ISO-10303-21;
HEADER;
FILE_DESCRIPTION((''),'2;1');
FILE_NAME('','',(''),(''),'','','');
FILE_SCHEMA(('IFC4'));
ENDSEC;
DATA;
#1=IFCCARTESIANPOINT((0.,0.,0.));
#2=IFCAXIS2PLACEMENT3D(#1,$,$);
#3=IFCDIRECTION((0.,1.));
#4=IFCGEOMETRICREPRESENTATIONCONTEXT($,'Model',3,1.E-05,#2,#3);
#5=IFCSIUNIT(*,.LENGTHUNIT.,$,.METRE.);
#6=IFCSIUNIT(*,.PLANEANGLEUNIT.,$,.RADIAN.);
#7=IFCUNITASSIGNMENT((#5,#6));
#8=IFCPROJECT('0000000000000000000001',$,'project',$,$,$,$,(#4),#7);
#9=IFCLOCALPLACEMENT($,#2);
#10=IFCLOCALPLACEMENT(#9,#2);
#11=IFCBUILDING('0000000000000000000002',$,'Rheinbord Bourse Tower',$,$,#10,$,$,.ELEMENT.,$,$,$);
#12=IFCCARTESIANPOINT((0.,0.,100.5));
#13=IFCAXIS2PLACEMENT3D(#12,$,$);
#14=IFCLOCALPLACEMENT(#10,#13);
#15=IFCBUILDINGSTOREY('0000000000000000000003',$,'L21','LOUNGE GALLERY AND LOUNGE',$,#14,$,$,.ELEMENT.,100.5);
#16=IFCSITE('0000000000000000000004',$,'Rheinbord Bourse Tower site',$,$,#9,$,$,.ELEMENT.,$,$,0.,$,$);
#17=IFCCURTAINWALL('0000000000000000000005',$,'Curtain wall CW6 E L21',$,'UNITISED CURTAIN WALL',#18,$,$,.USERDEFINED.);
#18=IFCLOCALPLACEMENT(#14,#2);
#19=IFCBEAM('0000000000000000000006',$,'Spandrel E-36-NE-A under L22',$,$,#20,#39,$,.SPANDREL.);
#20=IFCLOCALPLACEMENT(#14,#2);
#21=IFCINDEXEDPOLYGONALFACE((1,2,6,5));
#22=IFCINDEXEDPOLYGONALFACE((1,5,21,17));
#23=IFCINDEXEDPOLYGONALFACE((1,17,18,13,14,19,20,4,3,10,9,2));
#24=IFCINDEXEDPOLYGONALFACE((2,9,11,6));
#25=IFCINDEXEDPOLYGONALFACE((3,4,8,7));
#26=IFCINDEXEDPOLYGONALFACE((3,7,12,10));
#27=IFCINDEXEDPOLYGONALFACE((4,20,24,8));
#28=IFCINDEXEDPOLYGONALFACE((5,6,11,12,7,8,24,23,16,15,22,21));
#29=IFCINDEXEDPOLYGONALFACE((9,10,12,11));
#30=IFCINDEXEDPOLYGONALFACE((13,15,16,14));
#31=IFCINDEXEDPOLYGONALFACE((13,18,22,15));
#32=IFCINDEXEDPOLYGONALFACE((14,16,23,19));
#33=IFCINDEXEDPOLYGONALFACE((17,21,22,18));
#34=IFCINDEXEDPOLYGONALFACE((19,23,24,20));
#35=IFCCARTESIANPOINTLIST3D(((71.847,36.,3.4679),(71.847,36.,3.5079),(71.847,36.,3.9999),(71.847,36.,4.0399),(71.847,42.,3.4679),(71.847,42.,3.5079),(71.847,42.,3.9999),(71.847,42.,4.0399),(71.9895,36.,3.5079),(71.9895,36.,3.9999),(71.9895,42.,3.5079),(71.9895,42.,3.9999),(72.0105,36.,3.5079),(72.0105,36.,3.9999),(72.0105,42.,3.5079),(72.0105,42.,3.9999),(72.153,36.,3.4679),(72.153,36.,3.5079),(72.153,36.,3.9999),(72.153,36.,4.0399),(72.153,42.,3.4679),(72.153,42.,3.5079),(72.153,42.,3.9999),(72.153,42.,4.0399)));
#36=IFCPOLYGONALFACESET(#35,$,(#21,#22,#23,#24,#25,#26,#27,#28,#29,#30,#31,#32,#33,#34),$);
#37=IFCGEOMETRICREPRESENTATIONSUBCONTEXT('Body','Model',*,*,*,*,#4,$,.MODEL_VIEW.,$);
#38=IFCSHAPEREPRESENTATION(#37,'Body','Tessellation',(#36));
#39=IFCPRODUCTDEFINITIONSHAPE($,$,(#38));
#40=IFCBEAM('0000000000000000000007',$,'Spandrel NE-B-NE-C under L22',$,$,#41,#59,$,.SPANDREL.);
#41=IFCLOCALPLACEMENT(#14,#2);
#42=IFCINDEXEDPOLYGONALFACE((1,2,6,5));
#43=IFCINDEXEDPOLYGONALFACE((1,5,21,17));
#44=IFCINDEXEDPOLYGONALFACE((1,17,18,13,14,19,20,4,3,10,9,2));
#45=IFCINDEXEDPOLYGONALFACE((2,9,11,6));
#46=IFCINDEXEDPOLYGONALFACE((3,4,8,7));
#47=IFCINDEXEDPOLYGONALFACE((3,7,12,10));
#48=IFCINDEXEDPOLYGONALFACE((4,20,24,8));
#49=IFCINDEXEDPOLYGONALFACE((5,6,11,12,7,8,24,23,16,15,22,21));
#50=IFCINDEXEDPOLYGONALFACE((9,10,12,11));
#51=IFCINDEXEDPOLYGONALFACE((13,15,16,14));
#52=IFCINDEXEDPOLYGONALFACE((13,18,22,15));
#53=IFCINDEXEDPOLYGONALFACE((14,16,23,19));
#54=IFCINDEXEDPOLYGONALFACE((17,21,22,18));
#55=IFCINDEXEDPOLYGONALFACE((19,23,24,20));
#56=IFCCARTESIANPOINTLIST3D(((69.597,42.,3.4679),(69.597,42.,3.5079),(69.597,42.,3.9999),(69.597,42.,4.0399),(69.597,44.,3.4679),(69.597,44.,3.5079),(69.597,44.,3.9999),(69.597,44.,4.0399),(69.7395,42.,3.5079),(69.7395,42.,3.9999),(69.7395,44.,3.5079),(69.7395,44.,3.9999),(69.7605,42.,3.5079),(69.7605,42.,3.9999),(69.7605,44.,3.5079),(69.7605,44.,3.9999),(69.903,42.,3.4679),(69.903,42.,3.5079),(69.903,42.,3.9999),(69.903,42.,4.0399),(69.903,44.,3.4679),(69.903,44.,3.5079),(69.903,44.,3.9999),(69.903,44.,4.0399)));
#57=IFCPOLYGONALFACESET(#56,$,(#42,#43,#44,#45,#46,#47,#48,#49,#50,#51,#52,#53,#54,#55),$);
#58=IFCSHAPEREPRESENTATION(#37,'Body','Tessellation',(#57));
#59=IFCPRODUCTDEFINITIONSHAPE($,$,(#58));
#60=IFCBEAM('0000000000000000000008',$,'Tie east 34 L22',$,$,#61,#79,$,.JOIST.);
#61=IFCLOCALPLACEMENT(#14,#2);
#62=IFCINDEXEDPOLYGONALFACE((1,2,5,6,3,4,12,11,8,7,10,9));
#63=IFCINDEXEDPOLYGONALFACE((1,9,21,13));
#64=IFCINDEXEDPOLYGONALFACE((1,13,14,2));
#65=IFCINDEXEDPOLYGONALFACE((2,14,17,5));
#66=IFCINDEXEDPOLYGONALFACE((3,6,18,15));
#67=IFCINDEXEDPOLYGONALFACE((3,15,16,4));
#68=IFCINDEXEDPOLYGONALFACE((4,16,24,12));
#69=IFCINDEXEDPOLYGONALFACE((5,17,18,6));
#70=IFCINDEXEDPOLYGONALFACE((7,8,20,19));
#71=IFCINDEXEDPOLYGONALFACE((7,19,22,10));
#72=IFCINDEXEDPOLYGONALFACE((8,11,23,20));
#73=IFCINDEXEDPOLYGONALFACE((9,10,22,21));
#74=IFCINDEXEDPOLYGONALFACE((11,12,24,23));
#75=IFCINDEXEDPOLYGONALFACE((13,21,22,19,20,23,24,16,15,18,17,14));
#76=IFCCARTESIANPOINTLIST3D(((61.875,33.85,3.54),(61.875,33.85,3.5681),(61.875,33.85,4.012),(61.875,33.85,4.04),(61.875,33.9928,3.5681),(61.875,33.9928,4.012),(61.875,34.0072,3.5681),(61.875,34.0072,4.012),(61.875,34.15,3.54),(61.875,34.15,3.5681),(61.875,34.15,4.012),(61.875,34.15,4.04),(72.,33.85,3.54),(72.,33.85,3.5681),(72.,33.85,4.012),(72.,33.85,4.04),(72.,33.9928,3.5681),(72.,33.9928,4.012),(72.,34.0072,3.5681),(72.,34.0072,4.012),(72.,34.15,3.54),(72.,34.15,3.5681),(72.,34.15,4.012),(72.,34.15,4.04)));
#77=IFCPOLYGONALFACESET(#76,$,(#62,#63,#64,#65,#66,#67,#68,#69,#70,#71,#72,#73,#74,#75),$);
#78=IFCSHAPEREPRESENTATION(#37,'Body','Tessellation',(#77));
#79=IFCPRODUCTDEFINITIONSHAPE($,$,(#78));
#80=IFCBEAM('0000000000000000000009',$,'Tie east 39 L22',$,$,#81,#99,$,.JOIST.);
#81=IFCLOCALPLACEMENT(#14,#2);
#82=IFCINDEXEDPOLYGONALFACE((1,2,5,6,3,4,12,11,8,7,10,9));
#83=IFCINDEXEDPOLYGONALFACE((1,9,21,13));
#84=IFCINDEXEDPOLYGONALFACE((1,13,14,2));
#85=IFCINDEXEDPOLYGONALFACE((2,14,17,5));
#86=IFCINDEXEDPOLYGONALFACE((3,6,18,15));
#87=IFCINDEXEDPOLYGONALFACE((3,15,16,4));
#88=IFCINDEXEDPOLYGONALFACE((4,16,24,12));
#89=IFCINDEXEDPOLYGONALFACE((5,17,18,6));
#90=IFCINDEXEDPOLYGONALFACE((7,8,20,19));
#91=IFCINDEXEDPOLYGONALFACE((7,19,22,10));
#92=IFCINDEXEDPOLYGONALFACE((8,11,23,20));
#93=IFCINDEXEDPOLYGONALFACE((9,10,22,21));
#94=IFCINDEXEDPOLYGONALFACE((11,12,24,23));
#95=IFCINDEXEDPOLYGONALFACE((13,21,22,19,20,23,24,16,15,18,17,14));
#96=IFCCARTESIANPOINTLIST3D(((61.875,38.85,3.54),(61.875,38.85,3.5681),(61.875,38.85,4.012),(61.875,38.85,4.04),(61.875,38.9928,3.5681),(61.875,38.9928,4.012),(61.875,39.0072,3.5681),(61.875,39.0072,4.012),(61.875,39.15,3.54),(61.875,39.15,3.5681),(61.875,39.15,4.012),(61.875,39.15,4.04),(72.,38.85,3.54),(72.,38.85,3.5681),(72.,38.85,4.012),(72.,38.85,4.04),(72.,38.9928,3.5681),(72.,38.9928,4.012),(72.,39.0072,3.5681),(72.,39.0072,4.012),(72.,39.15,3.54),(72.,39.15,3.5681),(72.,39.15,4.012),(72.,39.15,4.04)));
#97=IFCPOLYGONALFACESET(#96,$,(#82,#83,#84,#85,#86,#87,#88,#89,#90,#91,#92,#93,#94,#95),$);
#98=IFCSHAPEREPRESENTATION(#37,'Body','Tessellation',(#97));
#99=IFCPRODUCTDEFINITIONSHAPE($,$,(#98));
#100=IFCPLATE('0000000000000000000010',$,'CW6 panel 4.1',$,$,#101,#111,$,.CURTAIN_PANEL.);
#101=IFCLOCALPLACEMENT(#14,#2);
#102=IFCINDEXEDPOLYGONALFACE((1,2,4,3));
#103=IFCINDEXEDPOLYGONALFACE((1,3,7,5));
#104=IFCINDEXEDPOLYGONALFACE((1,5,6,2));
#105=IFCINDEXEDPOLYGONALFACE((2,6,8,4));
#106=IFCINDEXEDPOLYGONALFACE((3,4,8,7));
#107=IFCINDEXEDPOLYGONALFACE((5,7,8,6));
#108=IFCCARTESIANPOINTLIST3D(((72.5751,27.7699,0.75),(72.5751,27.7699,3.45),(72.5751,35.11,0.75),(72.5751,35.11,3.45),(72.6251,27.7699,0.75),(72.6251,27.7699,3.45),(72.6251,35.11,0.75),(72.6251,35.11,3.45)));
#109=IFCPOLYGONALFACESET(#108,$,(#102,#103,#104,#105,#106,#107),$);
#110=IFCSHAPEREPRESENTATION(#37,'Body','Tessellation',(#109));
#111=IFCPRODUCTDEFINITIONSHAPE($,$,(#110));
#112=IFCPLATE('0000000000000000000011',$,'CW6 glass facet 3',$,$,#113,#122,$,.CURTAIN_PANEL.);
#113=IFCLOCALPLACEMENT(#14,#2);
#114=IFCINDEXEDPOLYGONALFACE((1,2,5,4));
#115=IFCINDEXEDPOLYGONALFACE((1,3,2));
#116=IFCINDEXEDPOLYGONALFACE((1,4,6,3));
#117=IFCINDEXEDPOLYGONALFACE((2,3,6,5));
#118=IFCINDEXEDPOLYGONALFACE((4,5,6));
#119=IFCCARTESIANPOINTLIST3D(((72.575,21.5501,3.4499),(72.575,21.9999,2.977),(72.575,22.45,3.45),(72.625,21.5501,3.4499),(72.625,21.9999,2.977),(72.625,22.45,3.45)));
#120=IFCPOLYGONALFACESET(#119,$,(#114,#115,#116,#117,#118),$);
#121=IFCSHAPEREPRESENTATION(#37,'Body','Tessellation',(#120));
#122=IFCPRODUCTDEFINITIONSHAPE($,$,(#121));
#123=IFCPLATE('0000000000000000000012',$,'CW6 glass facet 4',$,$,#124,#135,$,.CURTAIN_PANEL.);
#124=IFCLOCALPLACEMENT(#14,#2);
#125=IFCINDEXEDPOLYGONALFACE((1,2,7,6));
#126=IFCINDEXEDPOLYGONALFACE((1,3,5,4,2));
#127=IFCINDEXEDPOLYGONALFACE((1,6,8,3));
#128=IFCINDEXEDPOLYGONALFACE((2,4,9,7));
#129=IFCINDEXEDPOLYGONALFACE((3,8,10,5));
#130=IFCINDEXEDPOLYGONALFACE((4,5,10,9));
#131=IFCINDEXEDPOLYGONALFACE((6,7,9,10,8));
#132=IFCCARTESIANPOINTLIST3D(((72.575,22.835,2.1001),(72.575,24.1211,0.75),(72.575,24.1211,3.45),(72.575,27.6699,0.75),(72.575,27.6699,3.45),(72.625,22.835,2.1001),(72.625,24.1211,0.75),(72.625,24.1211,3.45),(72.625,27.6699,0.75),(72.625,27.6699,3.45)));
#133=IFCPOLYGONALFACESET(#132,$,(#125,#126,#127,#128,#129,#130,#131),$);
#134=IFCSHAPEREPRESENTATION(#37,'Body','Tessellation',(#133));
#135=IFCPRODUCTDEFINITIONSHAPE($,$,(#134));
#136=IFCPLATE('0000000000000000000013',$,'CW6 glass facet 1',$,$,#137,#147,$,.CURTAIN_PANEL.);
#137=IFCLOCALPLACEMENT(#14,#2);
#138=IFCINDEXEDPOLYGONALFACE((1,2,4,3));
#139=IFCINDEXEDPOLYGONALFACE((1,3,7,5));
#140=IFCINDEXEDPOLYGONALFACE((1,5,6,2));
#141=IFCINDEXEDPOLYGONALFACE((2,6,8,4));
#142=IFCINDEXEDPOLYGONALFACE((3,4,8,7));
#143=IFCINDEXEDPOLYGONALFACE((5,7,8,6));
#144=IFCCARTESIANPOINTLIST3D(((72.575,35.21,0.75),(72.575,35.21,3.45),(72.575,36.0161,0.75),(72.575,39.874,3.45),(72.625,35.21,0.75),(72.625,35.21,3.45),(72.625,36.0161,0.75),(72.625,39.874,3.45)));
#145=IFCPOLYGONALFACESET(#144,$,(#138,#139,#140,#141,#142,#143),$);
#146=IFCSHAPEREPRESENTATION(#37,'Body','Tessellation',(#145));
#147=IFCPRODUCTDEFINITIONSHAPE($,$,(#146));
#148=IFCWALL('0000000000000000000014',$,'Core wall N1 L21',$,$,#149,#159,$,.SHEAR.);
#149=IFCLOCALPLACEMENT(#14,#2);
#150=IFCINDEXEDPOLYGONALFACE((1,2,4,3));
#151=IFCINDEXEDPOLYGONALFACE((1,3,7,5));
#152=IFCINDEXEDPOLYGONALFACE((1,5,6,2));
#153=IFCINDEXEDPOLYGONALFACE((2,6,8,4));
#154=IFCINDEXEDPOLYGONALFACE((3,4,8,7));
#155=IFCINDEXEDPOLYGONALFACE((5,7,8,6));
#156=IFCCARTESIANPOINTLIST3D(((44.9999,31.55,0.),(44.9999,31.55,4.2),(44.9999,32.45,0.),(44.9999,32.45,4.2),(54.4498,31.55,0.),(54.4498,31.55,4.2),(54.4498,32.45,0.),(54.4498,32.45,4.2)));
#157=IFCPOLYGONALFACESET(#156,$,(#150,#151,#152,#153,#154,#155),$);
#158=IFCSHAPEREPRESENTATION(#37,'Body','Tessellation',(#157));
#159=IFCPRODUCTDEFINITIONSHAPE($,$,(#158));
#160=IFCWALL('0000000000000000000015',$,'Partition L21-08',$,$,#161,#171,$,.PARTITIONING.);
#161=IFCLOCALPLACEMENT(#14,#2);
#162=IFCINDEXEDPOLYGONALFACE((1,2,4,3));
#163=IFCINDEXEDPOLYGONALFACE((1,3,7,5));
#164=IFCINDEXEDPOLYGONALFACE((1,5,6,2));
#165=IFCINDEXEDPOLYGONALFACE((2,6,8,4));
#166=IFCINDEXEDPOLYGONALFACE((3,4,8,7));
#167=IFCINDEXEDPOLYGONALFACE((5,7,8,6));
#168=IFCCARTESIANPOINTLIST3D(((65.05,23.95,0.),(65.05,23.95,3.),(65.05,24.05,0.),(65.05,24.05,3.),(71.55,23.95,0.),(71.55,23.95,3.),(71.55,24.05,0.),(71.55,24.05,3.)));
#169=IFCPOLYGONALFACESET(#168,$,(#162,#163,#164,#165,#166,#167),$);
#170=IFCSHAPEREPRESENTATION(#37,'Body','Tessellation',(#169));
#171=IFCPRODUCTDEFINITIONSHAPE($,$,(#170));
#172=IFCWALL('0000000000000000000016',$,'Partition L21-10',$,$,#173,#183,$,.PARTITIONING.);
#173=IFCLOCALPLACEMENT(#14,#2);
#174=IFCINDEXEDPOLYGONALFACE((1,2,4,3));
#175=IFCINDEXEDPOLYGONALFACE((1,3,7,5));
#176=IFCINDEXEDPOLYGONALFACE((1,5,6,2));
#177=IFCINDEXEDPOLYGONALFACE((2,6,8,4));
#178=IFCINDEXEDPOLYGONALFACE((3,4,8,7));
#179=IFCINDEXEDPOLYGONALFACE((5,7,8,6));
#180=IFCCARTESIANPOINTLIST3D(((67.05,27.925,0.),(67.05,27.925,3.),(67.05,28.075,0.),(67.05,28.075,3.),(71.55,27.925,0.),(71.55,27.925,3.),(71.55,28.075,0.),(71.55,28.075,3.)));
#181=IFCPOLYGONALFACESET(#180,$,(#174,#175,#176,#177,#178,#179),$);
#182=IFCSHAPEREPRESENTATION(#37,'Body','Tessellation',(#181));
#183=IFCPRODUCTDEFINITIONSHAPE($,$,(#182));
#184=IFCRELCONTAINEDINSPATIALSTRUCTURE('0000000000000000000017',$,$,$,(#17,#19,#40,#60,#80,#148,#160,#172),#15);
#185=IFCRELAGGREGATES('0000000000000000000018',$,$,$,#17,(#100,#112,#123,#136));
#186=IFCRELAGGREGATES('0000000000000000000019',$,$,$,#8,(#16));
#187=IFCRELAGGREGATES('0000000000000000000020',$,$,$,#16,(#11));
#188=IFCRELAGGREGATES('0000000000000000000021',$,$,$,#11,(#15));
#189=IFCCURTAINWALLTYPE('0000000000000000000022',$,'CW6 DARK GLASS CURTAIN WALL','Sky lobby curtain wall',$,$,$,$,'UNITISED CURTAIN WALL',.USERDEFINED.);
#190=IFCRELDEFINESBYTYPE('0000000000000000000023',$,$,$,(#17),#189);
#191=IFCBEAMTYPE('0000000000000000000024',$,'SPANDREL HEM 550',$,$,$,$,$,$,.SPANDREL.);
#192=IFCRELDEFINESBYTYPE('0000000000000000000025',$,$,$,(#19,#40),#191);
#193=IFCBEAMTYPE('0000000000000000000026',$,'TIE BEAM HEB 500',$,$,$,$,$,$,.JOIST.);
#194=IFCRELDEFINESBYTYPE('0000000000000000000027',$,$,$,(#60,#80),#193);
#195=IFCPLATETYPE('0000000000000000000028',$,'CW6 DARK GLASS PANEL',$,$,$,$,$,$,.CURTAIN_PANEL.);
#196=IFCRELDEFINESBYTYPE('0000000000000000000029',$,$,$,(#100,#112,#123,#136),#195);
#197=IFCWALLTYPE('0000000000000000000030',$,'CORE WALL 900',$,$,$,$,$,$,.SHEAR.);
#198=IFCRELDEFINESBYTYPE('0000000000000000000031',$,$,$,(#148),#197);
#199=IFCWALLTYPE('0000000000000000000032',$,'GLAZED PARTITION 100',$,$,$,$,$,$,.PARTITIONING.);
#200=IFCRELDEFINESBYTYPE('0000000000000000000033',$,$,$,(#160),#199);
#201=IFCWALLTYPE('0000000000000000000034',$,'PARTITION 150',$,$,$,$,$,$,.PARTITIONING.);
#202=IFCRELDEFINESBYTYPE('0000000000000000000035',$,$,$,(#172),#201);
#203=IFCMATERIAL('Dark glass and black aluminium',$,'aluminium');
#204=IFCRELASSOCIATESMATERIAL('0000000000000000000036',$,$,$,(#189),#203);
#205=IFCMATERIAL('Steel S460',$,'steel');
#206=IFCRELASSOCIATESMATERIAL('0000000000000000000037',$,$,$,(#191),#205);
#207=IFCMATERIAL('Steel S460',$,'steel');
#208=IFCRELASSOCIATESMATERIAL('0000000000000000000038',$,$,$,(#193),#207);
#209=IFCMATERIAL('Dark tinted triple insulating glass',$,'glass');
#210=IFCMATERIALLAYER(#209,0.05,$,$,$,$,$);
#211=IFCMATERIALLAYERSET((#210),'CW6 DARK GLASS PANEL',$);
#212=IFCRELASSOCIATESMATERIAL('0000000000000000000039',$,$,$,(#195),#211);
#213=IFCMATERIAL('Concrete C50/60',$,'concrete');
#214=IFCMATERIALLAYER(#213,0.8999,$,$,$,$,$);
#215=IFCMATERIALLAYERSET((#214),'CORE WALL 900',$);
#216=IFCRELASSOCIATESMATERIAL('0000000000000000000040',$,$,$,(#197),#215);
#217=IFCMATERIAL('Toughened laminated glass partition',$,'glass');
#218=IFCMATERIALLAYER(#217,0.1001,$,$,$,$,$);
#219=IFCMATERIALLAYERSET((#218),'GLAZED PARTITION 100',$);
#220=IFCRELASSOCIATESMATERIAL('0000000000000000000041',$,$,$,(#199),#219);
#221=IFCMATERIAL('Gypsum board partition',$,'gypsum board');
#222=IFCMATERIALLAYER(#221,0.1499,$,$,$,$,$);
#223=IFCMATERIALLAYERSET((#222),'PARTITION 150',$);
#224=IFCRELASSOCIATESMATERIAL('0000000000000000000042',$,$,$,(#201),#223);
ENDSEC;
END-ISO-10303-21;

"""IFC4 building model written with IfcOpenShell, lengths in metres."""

from ifc_helpers import new_model, si_unit, direction, frame, frame_2d, origin, origin_2d, place, context, subcontext, project, spatial, polyline, rectangle, i_section, outline, extrude, material, layer, layer_set, material_profile, profile_set, type_object, element, aggregate, save


model = new_model("IFC4")

# Units and contexts
model_context = context("Model", 3, precision=1e-05, world=origin(), true_north=direction((0.0, 1.0)))
body_context = subcontext(model_context, "Body", "Model", "MODEL_VIEW")
ifc_project = project(units=[si_unit("LENGTHUNIT", "METRE"), si_unit("PLANEANGLEUNIT", "RADIAN")], contexts=[model_context])

# Site, building, storey
site_placement = place(None, origin())
site = spatial("IfcSite", under=ifc_project, at=site_placement, Name="Rheinbord Bourse Tower site", CompositionType="ELEMENT", RefElevation=0.0)
building_placement = place(site_placement, origin())
building = spatial("IfcBuilding", under=site, at=building_placement, Name="Rheinbord Bourse Tower", CompositionType="ELEMENT")
storey_placement = place(building_placement, frame((0.0, 0.0, 100.5)))
storey = spatial("IfcBuildingStorey", under=building, at=storey_placement, Name="L21", Description="LOUNGE GALLERY AND LOUNGE", CompositionType="ELEMENT", Elevation=100.5)

# Curtain wall
ifc_material_1 = material(Name="Dark glass and black aluminium", Category="aluminium")
curtain_wall_type = type_object("IfcCurtainWallType", Name="CW6 DARK GLASS CURTAIN WALL", Description="Sky lobby curtain wall", ElementType="UNITISED CURTAIN WALL", PredefinedType="USERDEFINED", material=ifc_material_1)
curtain_wall_placement = place(storey_placement, origin())
curtain_wall = element("IfcCurtainWall", 1, at=curtain_wall_placement, inside=storey, type_object=curtain_wall_type, Name="Curtain wall CW6 E L21", ObjectType="UNITISED CURTAIN WALL", PredefinedType="USERDEFINED")

# Beams
ifc_material_2 = material(Name="Steel S460", Category="steel")
ifc_material_profile_1 = material_profile(ifc_material_2, i_section(OverallWidth=0.3059, OverallDepth=0.572, WebThickness=0.021, FlangeThickness=0.04, at=origin_2d()), Name="HEM 550")
ifc_profile_set_1 = profile_set([ifc_material_profile_1], Name="Steel S460")
beam_type_1 = type_object("IfcBeamType", Name="SPANDREL HEM 550", PredefinedType="SPANDREL", material=ifc_profile_set_1)
beam_1_placement = place(storey_placement, frame((72.0, 36.0, 3.7539), z_axis=(0.0, 1.0, 0.0), x_axis=(-1.0, 0.0, 0.0)))
element("IfcBeam", 2, at=beam_1_placement, inside=storey, type_object=beam_type_1, Name="Spandrel E-36-NE-A under L22", PredefinedType="SPANDREL", context=body_context, shape_type="SweptSolid", body=[
    extrude(i_section(OverallWidth=0.3059, OverallDepth=0.572, WebThickness=0.021, FlangeThickness=0.04, at=origin_2d()), origin(), (0.0, 0.0, 1.0), 6.0),
])
beam_2_placement = place(storey_placement, frame((69.75, 42.0, 3.7539), z_axis=(0.0, 1.0, 0.0), x_axis=(-1.0, 0.0, 0.0)))
element("IfcBeam", 3, at=beam_2_placement, inside=storey, type_object=beam_type_1, Name="Spandrel NE-B-NE-C under L22", PredefinedType="SPANDREL", context=body_context, shape_type="SweptSolid", body=[
    extrude(i_section(OverallWidth=0.3059, OverallDepth=0.572, WebThickness=0.021, FlangeThickness=0.04, at=origin_2d()), origin(), (0.0, 0.0, 1.0), 2.0),
])
ifc_material_3 = material(Name="Steel S460", Category="steel")
ifc_material_profile_2 = material_profile(ifc_material_3, i_section(OverallWidth=0.3, OverallDepth=0.5, WebThickness=0.0144, FlangeThickness=0.0281, at=origin_2d()), Name="HEB 500")
ifc_profile_set_2 = profile_set([ifc_material_profile_2], Name="Steel S460")
beam_type_2 = type_object("IfcBeamType", Name="TIE BEAM HEB 500", PredefinedType="JOIST", material=ifc_profile_set_2)
for number, where, z_axis, x_axis, name in (
    (4, (61.875, 34.0, 3.79), (1.0, 0.0, 0.0), (0.0, 1.0, 0.0), "Tie east 34 L22"),
    (5, (61.875, 39.0, 3.79), (1.0, 0.0, 0.0), (0.0, 1.0, 0.0), "Tie east 39 L22"),
):
    element("IfcBeam", number, at=place(storey_placement, frame(where, z_axis=z_axis, x_axis=x_axis)), inside=storey, type_object=beam_type_2, Name=name, PredefinedType="JOIST", context=body_context, shape_type="SweptSolid", body=[
        extrude(i_section(OverallWidth=0.3, OverallDepth=0.5, WebThickness=0.0144, FlangeThickness=0.0281, at=origin_2d()), origin(), (0.0, 0.0, 1.0), 10.125),
    ])

# Plates
ifc_material_4 = material(Name="Dark tinted triple insulating glass", Category="glass")
ifc_layer_1 = layer(ifc_material_4, 0.05)
ifc_layer_set_1 = layer_set([ifc_layer_1], Name="CW6 DARK GLASS PANEL")
plate_type = type_object("IfcPlateType", Name="CW6 DARK GLASS PANEL", PredefinedType="CURTAIN_PANEL", material=ifc_layer_set_1)
plate_1_placement = place(storey_placement, frame((72.6001, 31.4399, 0.75), z_axis=(0.0, 0.0, 1.0), x_axis=(0.0, 1.0, 0.0)))
plate_1 = element("IfcPlate", 6, at=plate_1_placement, type_object=plate_type, Name="CW6 panel 4.1", PredefinedType="CURTAIN_PANEL", context=body_context, shape_type="SweptSolid", body=[
    extrude(rectangle(XDim=7.3401, YDim=0.05, at=origin_2d()), origin(), (0.0, 0.0, 1.0), 2.7),
])
plate_2_placement = place(storey_placement, frame((72.625, 22.45, 3.45), z_axis=(-1.0, 0.0, 0.0), x_axis=(0.0, -0.68931, -0.724467)))
plate_2 = element("IfcPlate", 7, at=plate_2_placement, type_object=plate_type, Name="CW6 glass facet 3", PredefinedType="CURTAIN_PANEL", context=body_context, shape_type="SweptSolid", body=[
    extrude(outline(polyline([(0.0, 0.0), (0.6528, 0.0), (0.6204, 0.6519), (0.0, 0.0)])), origin(), (0.0, 0.0, 1.0), 0.05),
])
plate_3_placement = place(storey_placement, frame((72.625, 27.6699, 3.45), z_axis=(-1.0, 0.0, 0.0), x_axis=(0.0, 0.0, -1.0)))
plate_3 = element("IfcPlate", 8, at=plate_3_placement, type_object=plate_type, Name="CW6 glass facet 4", PredefinedType="CURTAIN_PANEL", context=body_context, shape_type="SweptSolid", body=[
    extrude(outline(polyline([(0.0, 0.0), (2.7, 0.0), (2.7, 3.5488), (1.3499, 4.835), (0.0, 3.5488), (0.0, 0.0)])), origin(), (0.0, 0.0, 1.0), 0.05),
])
plate_4_placement = place(storey_placement, frame((72.625, 35.21, 0.75), z_axis=(-1.0, 0.0, 0.0), x_axis=(0.0, 0.0, 1.0)))
plate_4 = element("IfcPlate", 9, at=plate_4_placement, type_object=plate_type, Name="CW6 glass facet 1", PredefinedType="CURTAIN_PANEL", context=body_context, shape_type="SweptSolid", body=[
    extrude(outline(polyline([(0.0, 0.0), (2.7, 0.0), (2.7, 4.6641), (0.0, 0.8062), (0.0, 0.0)])), origin(), (0.0, 0.0, 1.0), 0.05),
])
aggregate(curtain_wall, [plate_1, plate_2, plate_3, plate_4])

# Walls
ifc_material_5 = material(Name="Concrete C50/60", Category="concrete")
ifc_layer_2 = layer(ifc_material_5, 0.8999)
ifc_layer_set_2 = layer_set([ifc_layer_2], Name="CORE WALL 900")
wall_type_1 = type_object("IfcWallType", Name="CORE WALL 900", PredefinedType="SHEAR", material=ifc_layer_set_2)
wall_1_placement = place(storey_placement, frame((54.45, 32.0, 0.0), z_axis=(0.0, 0.0, 1.0), x_axis=(-1.0, 0.0, 0.0)))
element("IfcWall", 10, at=wall_1_placement, inside=storey, type_object=wall_type_1, Name="Core wall N1 L21", PredefinedType="SHEAR", context=body_context, shape_type="SweptSolid", body=[
    extrude(rectangle(XDim=9.45, YDim=0.8999, at=frame_2d((4.7251, 0.0))), origin(), (0.0, 0.0, 1.0), 4.2),
])
ifc_material_6 = material(Name="Toughened laminated glass partition", Category="glass")
ifc_layer_3 = layer(ifc_material_6, 0.1001)
ifc_layer_set_3 = layer_set([ifc_layer_3], Name="GLAZED PARTITION 100")
wall_type_2 = type_object("IfcWallType", Name="GLAZED PARTITION 100", PredefinedType="PARTITIONING", material=ifc_layer_set_3)
wall_2_placement = place(storey_placement, frame((65.05, 24.0, 0.0), z_axis=(0.0, 0.0, 1.0), x_axis=(1.0, 0.0, 0.0)))
element("IfcWall", 11, at=wall_2_placement, inside=storey, type_object=wall_type_2, Name="Partition L21-08", PredefinedType="PARTITIONING", context=body_context, shape_type="SweptSolid", body=[
    extrude(rectangle(XDim=6.5, YDim=0.1001, at=frame_2d((3.25, 0.0))), origin(), (0.0, 0.0, 1.0), 3.0),
])
ifc_material_7 = material(Name="Gypsum board partition", Category="gypsum board")
ifc_layer_4 = layer(ifc_material_7, 0.1499)
ifc_layer_set_4 = layer_set([ifc_layer_4], Name="PARTITION 150")
wall_type_3 = type_object("IfcWallType", Name="PARTITION 150", PredefinedType="PARTITIONING", material=ifc_layer_set_4)
for number, where, z_axis, x_axis, name in (
    (12, (67.05, 28.0, 0.0), (0.0, 0.0, 1.0), (1.0, 0.0, 0.0), "Partition L21-10"),
):
    element("IfcWall", number, at=place(storey_placement, frame(where, z_axis=z_axis, x_axis=x_axis)), inside=storey, type_object=wall_type_3, Name=name, PredefinedType="PARTITIONING", context=body_context, shape_type="SweptSolid", body=[
        extrude(rectangle(XDim=4.5, YDim=0.1499, at=frame_2d((2.25, 0.0))), origin(), (0.0, 0.0, 1.0), 3.0),
    ])

save(model, "model.ifc")
